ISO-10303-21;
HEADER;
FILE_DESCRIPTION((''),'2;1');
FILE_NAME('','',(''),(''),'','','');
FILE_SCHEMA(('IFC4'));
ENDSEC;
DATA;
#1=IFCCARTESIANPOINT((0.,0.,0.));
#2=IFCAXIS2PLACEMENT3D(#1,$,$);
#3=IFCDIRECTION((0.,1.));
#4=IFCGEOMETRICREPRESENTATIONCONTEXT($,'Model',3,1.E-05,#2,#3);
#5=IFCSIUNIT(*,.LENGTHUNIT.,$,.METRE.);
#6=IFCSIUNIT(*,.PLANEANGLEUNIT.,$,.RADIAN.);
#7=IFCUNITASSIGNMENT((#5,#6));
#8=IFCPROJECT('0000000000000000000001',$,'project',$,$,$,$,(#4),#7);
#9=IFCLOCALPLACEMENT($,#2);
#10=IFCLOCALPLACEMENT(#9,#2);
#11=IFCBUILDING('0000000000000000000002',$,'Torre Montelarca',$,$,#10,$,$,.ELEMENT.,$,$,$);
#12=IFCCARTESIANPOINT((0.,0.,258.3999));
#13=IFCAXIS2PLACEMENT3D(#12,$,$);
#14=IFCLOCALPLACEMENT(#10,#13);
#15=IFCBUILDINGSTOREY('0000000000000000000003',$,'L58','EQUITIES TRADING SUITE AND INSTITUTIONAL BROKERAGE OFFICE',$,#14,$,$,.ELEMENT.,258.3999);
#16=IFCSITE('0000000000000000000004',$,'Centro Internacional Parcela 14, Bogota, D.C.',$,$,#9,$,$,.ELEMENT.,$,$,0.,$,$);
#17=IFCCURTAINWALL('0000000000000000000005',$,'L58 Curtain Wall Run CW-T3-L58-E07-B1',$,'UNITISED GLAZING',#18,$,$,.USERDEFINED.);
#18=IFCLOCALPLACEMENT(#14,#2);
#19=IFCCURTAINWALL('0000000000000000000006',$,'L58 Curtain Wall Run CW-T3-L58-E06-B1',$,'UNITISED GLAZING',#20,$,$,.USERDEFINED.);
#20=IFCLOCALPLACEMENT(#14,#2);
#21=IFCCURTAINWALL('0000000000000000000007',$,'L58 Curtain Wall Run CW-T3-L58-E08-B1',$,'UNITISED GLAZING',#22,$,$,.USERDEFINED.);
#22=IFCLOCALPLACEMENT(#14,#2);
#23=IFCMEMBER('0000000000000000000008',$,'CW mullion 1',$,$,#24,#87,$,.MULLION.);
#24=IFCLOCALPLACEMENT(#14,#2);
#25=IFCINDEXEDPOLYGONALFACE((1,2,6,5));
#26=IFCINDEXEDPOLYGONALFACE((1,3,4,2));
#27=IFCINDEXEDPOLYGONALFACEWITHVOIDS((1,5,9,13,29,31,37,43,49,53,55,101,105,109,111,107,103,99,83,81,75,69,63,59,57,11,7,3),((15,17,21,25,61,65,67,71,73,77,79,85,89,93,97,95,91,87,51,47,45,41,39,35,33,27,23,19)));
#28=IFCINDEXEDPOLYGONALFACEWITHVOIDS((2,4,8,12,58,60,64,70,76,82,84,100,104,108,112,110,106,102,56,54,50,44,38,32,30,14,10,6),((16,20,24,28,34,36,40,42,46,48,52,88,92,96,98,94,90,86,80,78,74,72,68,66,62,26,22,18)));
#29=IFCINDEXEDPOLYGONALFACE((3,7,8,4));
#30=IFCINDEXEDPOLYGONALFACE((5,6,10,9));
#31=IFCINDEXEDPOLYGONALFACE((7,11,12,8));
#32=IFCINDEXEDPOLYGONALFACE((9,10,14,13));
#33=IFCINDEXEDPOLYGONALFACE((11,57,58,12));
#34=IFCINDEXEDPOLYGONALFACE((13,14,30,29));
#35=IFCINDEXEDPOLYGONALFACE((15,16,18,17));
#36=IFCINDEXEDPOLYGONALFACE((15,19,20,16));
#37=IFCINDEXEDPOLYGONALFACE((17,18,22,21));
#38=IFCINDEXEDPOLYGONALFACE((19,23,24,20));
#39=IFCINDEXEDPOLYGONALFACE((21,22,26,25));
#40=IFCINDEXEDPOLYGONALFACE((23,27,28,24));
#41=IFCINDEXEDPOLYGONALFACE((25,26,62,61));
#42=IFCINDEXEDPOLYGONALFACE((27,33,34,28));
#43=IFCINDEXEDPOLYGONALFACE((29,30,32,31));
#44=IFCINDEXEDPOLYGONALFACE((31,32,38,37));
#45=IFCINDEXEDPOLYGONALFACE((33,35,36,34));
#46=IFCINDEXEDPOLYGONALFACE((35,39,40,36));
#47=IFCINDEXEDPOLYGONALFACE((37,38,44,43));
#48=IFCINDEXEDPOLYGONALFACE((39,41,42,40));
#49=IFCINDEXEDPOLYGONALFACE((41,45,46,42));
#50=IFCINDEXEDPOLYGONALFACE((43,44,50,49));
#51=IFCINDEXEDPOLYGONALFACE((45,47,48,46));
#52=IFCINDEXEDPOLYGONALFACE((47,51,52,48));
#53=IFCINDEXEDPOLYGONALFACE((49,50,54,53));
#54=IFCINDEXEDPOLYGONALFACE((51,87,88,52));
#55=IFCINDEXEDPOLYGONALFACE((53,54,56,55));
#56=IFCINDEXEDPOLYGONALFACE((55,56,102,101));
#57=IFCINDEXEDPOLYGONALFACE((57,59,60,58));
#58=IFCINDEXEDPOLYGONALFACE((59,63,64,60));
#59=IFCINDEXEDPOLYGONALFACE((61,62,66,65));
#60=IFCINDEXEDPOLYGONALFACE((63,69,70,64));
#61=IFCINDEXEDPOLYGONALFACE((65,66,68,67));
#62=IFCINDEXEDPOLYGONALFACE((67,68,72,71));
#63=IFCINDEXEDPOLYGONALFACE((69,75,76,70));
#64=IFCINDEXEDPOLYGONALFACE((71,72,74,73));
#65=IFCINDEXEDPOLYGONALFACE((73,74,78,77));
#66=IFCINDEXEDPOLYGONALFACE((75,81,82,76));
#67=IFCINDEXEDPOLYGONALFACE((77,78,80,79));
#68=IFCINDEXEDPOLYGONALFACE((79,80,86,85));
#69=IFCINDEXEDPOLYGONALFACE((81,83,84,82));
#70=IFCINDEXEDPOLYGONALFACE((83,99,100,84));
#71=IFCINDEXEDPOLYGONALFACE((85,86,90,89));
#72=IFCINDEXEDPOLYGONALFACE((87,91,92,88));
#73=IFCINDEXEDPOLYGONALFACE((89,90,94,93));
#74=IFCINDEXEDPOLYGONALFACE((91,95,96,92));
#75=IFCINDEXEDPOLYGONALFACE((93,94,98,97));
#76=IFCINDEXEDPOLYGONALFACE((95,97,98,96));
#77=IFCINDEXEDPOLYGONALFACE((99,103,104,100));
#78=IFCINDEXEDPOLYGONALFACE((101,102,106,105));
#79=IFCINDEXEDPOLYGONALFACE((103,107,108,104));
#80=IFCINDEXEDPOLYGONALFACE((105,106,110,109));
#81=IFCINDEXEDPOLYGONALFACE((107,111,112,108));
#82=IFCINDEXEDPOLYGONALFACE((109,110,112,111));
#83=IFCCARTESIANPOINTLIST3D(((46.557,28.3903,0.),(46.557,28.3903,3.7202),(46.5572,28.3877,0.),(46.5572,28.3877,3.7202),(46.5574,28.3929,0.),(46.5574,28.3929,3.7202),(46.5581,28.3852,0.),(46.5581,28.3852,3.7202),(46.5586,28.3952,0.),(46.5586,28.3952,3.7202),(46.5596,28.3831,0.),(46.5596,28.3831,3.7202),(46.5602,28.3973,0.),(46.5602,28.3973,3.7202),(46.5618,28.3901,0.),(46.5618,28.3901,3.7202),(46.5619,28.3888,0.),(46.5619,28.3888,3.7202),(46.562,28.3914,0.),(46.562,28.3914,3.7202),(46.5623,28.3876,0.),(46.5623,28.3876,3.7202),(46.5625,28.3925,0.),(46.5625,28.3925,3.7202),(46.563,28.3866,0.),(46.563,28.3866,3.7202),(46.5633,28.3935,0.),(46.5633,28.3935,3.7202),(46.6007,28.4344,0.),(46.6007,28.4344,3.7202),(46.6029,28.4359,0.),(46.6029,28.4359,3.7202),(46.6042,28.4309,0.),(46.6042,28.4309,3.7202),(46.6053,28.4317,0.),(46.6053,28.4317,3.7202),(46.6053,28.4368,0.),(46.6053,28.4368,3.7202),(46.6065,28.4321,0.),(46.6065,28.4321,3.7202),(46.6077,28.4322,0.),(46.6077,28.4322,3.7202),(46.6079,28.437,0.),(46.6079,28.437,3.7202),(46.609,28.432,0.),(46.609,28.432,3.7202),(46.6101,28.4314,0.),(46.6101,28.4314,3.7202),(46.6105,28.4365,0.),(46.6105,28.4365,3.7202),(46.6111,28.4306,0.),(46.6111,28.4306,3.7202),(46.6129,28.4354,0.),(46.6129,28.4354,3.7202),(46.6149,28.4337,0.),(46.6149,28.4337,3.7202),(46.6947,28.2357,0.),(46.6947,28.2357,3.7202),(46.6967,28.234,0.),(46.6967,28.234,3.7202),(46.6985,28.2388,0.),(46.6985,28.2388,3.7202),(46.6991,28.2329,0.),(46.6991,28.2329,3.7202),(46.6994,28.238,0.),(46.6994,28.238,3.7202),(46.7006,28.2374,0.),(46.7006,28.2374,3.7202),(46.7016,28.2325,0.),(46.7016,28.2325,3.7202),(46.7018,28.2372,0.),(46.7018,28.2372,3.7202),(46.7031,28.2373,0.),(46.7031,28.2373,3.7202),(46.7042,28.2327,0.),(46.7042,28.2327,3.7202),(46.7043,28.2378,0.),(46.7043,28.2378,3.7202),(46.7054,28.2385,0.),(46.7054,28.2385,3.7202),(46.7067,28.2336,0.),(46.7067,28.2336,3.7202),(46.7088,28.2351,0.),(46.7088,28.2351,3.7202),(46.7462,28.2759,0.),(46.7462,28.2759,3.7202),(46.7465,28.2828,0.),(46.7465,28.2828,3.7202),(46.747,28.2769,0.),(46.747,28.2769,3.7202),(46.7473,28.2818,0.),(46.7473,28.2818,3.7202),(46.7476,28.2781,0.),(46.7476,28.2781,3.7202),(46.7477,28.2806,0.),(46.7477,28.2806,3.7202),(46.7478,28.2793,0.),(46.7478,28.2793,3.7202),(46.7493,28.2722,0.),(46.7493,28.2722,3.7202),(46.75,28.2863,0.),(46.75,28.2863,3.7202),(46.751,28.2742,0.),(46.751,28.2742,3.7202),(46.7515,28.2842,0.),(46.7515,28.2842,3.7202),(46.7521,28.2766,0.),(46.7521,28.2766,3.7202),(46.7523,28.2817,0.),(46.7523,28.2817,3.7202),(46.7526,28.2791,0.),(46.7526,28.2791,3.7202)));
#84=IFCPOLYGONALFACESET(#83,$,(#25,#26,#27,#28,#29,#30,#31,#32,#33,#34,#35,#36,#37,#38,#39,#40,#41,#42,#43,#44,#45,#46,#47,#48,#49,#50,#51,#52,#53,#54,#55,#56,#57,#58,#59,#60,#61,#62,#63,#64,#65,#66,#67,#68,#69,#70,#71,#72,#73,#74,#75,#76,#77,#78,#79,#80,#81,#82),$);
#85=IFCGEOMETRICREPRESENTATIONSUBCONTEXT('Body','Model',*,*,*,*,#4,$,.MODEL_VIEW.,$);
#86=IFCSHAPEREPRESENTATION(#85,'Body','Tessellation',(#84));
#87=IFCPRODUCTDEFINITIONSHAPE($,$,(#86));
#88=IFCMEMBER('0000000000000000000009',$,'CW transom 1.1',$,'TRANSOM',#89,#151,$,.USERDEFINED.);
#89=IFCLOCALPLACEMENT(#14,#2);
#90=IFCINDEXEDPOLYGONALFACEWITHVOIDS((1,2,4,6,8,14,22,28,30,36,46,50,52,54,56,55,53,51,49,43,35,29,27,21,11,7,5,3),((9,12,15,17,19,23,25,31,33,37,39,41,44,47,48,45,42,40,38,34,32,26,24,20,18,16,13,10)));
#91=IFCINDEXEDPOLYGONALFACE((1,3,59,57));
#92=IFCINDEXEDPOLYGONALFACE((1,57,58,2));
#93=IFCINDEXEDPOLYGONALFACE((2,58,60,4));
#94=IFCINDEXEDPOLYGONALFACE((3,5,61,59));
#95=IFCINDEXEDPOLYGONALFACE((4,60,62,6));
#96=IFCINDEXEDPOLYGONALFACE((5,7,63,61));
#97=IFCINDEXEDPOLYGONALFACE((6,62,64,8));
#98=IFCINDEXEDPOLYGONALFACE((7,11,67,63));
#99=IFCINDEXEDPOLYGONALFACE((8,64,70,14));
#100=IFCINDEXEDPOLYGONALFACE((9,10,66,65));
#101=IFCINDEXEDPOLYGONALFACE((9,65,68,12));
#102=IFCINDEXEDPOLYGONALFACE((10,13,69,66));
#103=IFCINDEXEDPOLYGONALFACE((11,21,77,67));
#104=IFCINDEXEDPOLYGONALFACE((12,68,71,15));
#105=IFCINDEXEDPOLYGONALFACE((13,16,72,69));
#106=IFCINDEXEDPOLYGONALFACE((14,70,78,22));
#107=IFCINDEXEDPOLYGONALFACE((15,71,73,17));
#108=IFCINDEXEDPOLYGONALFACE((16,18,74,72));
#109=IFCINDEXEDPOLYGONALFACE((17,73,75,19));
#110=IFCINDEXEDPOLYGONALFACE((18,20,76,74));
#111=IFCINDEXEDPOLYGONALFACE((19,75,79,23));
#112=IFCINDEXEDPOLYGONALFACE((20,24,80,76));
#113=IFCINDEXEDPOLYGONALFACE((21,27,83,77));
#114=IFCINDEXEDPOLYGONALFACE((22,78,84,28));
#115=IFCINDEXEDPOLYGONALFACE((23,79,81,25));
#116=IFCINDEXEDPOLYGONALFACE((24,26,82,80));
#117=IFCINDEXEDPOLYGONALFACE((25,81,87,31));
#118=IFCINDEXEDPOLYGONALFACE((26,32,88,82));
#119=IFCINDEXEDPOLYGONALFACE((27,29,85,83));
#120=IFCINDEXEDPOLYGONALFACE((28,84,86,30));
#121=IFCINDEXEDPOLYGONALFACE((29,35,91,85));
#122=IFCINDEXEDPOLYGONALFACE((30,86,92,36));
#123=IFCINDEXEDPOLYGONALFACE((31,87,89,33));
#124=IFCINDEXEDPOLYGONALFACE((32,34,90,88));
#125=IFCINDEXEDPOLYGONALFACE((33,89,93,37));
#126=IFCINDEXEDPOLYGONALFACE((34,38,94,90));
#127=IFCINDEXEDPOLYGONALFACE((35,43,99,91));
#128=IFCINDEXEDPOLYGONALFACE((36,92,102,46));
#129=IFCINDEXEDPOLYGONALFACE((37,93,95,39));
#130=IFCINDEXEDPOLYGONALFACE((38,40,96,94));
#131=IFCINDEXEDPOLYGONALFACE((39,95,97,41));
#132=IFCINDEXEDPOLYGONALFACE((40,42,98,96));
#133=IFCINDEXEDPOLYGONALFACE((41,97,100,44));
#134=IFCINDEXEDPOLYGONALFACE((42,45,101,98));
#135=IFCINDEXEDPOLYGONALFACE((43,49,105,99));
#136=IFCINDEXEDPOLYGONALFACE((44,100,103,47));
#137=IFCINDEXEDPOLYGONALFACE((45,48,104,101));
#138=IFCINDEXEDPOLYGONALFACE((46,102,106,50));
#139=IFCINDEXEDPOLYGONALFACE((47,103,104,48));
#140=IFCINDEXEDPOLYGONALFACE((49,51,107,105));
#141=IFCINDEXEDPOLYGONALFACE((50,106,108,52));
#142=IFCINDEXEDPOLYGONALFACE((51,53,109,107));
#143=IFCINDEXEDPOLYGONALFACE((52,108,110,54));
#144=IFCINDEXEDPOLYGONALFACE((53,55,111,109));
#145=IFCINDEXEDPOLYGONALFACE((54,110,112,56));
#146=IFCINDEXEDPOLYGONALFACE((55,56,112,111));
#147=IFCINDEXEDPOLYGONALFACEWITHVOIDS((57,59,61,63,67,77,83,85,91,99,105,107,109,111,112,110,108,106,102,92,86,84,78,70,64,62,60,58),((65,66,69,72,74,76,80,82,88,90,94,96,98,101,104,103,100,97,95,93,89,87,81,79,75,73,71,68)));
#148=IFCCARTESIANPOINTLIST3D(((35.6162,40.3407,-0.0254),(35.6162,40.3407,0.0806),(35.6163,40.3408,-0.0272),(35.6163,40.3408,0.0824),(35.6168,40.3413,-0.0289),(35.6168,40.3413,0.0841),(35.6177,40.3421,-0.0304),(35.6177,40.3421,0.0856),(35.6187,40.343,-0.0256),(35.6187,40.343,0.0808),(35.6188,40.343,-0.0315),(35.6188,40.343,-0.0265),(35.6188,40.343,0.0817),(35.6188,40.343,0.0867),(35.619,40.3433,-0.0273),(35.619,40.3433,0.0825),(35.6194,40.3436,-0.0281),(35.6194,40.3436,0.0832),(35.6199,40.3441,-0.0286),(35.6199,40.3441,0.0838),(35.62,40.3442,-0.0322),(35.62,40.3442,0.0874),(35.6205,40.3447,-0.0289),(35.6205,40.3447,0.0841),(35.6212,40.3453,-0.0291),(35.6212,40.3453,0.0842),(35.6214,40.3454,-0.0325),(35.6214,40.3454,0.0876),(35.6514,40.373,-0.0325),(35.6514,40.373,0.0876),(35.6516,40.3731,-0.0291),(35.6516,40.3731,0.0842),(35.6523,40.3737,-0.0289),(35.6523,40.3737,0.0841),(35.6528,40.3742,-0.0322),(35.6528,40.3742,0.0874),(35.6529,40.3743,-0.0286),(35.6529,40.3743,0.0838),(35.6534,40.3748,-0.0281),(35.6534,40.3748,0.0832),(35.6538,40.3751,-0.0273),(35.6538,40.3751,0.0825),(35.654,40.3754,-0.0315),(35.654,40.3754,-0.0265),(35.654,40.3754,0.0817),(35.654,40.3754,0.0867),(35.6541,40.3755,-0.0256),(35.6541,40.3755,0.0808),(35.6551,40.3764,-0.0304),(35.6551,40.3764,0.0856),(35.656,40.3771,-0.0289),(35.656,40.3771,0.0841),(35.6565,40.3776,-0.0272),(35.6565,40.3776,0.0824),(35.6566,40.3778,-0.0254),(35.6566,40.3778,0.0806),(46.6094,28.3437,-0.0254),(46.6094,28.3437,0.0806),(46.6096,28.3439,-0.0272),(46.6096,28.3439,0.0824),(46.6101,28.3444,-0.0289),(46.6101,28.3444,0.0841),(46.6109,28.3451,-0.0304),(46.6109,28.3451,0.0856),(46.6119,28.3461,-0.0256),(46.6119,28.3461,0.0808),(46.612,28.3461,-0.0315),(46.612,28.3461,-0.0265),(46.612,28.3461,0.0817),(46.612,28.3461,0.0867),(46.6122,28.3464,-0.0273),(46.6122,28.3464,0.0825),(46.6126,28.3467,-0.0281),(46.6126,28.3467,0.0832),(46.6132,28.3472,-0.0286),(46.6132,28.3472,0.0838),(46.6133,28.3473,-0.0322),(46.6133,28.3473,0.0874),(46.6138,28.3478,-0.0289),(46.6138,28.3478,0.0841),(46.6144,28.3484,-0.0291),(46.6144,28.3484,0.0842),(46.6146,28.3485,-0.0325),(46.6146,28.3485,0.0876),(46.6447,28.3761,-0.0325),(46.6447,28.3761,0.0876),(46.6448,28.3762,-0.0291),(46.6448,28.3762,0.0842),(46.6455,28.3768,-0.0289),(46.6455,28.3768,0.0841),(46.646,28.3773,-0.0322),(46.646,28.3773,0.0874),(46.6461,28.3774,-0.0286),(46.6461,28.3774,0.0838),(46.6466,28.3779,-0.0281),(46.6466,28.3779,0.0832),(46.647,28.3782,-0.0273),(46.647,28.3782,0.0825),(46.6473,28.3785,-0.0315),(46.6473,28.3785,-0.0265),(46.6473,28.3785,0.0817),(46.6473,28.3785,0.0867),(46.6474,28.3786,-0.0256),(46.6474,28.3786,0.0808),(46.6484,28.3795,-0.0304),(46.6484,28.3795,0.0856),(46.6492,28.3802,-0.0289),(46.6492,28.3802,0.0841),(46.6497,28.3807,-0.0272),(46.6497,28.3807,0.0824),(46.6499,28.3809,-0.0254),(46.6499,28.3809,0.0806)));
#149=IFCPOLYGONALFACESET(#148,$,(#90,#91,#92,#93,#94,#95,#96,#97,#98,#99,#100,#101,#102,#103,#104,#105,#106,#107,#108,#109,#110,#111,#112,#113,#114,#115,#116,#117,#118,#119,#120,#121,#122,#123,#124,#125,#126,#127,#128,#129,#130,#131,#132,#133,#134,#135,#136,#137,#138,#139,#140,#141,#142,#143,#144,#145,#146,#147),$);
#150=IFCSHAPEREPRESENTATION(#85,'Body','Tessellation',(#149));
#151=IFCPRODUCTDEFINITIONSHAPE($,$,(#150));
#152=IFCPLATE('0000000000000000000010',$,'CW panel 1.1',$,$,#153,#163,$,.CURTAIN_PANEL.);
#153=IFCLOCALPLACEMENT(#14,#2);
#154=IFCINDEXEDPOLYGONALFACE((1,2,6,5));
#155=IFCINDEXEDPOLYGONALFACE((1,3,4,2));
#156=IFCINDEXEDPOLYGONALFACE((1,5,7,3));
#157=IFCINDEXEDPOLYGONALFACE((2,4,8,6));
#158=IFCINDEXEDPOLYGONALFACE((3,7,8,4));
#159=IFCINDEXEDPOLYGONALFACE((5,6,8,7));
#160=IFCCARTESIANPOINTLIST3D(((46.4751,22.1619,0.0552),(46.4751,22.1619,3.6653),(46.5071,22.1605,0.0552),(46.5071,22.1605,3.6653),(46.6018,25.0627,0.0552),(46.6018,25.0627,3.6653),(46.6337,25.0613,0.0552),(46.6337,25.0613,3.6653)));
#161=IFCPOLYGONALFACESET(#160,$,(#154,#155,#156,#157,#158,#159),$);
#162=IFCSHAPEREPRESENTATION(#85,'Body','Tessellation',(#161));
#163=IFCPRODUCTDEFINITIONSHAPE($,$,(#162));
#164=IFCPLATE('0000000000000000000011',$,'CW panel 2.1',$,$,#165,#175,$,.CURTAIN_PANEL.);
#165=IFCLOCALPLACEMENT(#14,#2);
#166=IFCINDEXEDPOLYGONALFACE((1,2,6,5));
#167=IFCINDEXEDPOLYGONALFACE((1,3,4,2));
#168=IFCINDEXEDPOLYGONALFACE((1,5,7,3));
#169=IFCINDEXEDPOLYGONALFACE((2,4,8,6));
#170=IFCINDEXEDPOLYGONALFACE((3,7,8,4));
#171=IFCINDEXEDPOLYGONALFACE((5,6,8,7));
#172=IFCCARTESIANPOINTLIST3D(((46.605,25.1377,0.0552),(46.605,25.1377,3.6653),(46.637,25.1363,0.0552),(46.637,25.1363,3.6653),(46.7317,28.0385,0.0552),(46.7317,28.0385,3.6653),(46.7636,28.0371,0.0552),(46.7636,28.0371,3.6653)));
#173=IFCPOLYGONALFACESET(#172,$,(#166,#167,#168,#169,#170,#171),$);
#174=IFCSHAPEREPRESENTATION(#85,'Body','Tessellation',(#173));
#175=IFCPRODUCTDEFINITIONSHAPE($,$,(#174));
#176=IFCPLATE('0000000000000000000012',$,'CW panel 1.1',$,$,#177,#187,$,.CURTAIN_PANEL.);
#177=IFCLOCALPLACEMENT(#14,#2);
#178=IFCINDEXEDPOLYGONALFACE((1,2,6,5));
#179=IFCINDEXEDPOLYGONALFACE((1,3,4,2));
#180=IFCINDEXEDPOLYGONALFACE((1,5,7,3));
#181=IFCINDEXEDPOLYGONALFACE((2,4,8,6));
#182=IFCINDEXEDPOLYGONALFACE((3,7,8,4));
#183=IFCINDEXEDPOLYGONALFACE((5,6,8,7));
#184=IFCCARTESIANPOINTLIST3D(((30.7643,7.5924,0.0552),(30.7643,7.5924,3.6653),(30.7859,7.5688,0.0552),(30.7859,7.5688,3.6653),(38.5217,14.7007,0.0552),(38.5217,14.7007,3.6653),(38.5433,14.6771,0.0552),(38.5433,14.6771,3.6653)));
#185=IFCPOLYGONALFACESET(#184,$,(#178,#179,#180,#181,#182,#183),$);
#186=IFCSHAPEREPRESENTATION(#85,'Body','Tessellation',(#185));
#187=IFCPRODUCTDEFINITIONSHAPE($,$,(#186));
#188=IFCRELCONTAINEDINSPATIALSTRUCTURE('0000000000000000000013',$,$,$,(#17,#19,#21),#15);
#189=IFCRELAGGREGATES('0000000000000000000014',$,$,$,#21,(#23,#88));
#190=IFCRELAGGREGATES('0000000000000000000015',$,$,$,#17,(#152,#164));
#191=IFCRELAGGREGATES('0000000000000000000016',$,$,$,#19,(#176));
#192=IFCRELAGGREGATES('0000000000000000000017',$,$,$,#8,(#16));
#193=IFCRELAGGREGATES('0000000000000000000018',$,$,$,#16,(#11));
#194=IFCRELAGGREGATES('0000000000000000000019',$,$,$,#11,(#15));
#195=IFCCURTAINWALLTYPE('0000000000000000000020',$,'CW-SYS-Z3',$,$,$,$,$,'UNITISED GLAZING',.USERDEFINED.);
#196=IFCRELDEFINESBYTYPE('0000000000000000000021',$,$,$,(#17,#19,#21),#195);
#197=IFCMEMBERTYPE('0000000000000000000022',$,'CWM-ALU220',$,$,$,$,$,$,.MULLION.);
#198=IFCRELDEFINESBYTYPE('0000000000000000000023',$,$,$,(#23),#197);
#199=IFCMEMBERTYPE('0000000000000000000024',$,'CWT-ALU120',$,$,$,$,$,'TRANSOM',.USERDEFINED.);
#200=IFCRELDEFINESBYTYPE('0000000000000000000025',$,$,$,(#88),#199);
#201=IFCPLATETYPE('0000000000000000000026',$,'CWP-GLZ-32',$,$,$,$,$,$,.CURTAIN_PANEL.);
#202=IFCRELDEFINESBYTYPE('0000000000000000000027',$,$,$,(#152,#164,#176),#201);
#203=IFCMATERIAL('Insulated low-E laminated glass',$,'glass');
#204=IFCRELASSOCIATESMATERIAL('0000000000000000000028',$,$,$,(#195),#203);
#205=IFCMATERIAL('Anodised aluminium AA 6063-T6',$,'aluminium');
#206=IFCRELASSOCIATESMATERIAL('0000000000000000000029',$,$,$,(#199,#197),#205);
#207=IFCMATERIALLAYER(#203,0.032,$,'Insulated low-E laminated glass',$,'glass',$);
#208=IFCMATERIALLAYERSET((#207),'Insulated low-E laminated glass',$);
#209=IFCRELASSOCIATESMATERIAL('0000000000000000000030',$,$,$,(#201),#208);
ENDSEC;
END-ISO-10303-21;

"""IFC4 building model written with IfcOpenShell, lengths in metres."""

from ifc_helpers import new_model, si_unit, direction, frame, origin, origin_2d, place, context, subcontext, project, spatial, rectangle, hollow_rectangle, extrude, source, transform, mapped, material, layer, layer_set, material_profile, profile_set, type_object, element, aggregate, save


model = new_model("IFC4")

# Units and contexts
model_context = context("Model", 3, precision=1e-05, world=origin(), true_north=direction((0.0, 1.0)))
body_context = subcontext(model_context, "Body", "Model", "MODEL_VIEW")
ifc_project = project(units=[si_unit("LENGTHUNIT", "METRE"), si_unit("PLANEANGLEUNIT", "RADIAN")], contexts=[model_context])

# Site, building, storey
site_placement = place(None, origin())
site = spatial("IfcSite", under=ifc_project, at=site_placement, Name="Centro Internacional Parcela 14, Bogota, D.C.", CompositionType="ELEMENT", RefElevation=0.0)
building_placement = place(site_placement, origin())
building = spatial("IfcBuilding", under=site, at=building_placement, Name="Torre Montelarca", CompositionType="ELEMENT")
storey_placement = place(building_placement, frame((0.0, 0.0, 258.3999)))
storey = spatial("IfcBuildingStorey", under=building, at=storey_placement, Name="L58", Description="EQUITIES TRADING SUITE AND INSTITUTIONAL BROKERAGE OFFICE", CompositionType="ELEMENT", Elevation=258.3999)

# Curtain walls
ifc_material_1 = material(Name="Insulated low-E laminated glass", Category="glass")
curtain_wall_type = type_object("IfcCurtainWallType", Name="CW-SYS-Z3", ElementType="UNITISED GLAZING", PredefinedType="USERDEFINED", material=ifc_material_1)
curtain_wall_1_placement = place(storey_placement, origin())
curtain_wall_1 = element("IfcCurtainWall", 1, at=curtain_wall_1_placement, inside=storey, type_object=curtain_wall_type, Name="L58 Curtain Wall Run CW-T3-L58-E07-B1", ObjectType="UNITISED GLAZING", PredefinedType="USERDEFINED")
ifc_material_2 = material(Name="Anodised aluminium AA 6063-T6", Category="aluminium")
ifc_material_profile_1 = material_profile(ifc_material_2, hollow_rectangle(XDim=0.0549, YDim=0.1201, WallThickness=0.0034, InnerFilletRadius=0.0034, OuterFilletRadius=0.0071, at=origin_2d()), Name="ALU55X120X3.5", Category="aluminium")
ifc_profile_set_1 = profile_set([ifc_material_profile_1], Name="Anodised aluminium AA 6063-T6")
member_type_1 = type_object("IfcMemberType", Name="CWT-ALU120", ElementType="TRANSOM", PredefinedType="USERDEFINED", material=ifc_profile_set_1)
curtain_wall_2_placement = place(storey_placement, origin())
curtain_wall_2 = element("IfcCurtainWall", 2, at=curtain_wall_2_placement, inside=storey, type_object=curtain_wall_type, Name="L58 Curtain Wall Run CW-T3-L58-E06-B1", ObjectType="UNITISED GLAZING", PredefinedType="USERDEFINED")
ifc_material_profile_2 = material_profile(ifc_material_2, hollow_rectangle(XDim=0.075, YDim=0.22, WallThickness=0.0049, InnerFilletRadius=0.0049, OuterFilletRadius=0.01, at=origin_2d()), Name="ALU75X220X5", Category="aluminium")
ifc_profile_set_2 = profile_set([ifc_material_profile_2], Name="Anodised aluminium AA 6063-T6")
member_type_2 = type_object("IfcMemberType", Name="CWM-ALU220", PredefinedType="MULLION", material=ifc_profile_set_2)
shared_shape_1 = source(origin(), body_context, "Body", "SweptSolid", [
    extrude(hollow_rectangle(XDim=0.075, YDim=0.22, WallThickness=0.0049, InnerFilletRadius=0.0049, OuterFilletRadius=0.01, at=origin_2d()), origin(), (0.0, 0.0, 1.0), 3.7202),
])

# Curtain wall, members
curtain_wall_3_placement = place(storey_placement, origin())
curtain_wall_3 = element("IfcCurtainWall", 3, at=curtain_wall_3_placement, inside=storey, type_object=curtain_wall_type, Name="L58 Curtain Wall Run CW-T3-L58-E08-B1", ObjectType="UNITISED GLAZING", PredefinedType="USERDEFINED")
member_1_placement = place(storey_placement, frame((46.6548, 28.3347, 0.0), z_axis=(0.0, 0.0, 1.0), x_axis=(-0.73728, -0.675587, 0.0)))
member_1 = element("IfcMember", 4, at=member_1_placement, type_object=member_type_2, Name="CW mullion 1", PredefinedType="MULLION", context=body_context, shape_type="MappedRepresentation", body=[
    mapped(shared_shape_1, transform((0.0, 0.0, 0.0), scale=1.0)),
])
shared_shape_2 = source(origin(), body_context, "Body", "SweptSolid", [
    extrude(hollow_rectangle(XDim=0.0549, YDim=0.1201, WallThickness=0.0034, InnerFilletRadius=0.0034, OuterFilletRadius=0.0071, at=origin_2d()), origin(), (0.0, 0.0, 1.0), 16.272),
])
member_2_placement = place(storey_placement, frame((46.6296, 28.3623, 0.0276), z_axis=(-0.675593, 0.737274, 0.0), x_axis=(-0.737274, -0.675593, 0.0)))
member_2 = element("IfcMember", 5, at=member_2_placement, type_object=member_type_1, Name="CW transom 1.1", ObjectType="TRANSOM", PredefinedType="USERDEFINED", context=body_context, shape_type="MappedRepresentation", body=[
    mapped(shared_shape_2, transform((0.0, 0.0, 0.0), scale=1.0)),
])
aggregate(curtain_wall_3, [member_1, member_2])

# Plates
ifc_layer_1 = layer(ifc_material_1, 0.032, Name="Insulated low-E laminated glass", Category="glass")
ifc_layer_set_1 = layer_set([ifc_layer_1], Name="Insulated low-E laminated glass")
plate_type = type_object("IfcPlateType", Name="CWP-GLZ-32", PredefinedType="CURTAIN_PANEL", material=ifc_layer_set_1)
shared_shape_3 = source(origin(), body_context, "Body", "SweptSolid", [
    extrude(rectangle(XDim=2.9036, YDim=0.032, at=origin_2d()), origin(), (0.0, 0.0, 1.0), 3.6101),
])
plate_1_placement = place(storey_placement, frame((46.5544, 23.6116, 0.0552), z_axis=(0.0, 0.0, 1.0), x_axis=(0.043616, 0.999048, 0.0)))
plate_1 = element("IfcPlate", 6, at=plate_1_placement, type_object=plate_type, Name="CW panel 1.1", PredefinedType="CURTAIN_PANEL", context=body_context, shape_type="MappedRepresentation", body=[
    mapped(shared_shape_3, transform((0.0, 0.0, 0.0), scale=1.0)),
])
plate_2_placement = place(storey_placement, frame((46.6843, 26.5874, 0.0552), z_axis=(0.0, 0.0, 1.0), x_axis=(0.043616, 0.999048, 0.0)))
plate_2 = element("IfcPlate", 7, at=plate_2_placement, type_object=plate_type, Name="CW panel 2.1", PredefinedType="CURTAIN_PANEL", context=body_context, shape_type="MappedRepresentation", body=[
    mapped(shared_shape_3, transform((0.0, 0.0, 0.0), scale=1.0)),
])
aggregate(curtain_wall_1, [plate_1, plate_2])
shared_shape_4 = source(origin(), body_context, "Body", "SweptSolid", [
    extrude(rectangle(XDim=10.5217, YDim=0.032, at=origin_2d()), origin(), (0.0, 0.0, 1.0), 3.6101),
])
plate_3_placement = place(storey_placement, frame((34.6538, 11.1348, 0.0552), z_axis=(0.0, 0.0, 1.0), x_axis=(0.73728, 0.675587, 0.0)))
plate_3 = element("IfcPlate", 8, at=plate_3_placement, type_object=plate_type, Name="CW panel 1.1", PredefinedType="CURTAIN_PANEL", context=body_context, shape_type="MappedRepresentation", body=[
    mapped(shared_shape_4, transform((0.0, 0.0, 0.0), scale=1.0)),
])
aggregate(curtain_wall_2, [plate_3])

save(model, "model.ifc")
